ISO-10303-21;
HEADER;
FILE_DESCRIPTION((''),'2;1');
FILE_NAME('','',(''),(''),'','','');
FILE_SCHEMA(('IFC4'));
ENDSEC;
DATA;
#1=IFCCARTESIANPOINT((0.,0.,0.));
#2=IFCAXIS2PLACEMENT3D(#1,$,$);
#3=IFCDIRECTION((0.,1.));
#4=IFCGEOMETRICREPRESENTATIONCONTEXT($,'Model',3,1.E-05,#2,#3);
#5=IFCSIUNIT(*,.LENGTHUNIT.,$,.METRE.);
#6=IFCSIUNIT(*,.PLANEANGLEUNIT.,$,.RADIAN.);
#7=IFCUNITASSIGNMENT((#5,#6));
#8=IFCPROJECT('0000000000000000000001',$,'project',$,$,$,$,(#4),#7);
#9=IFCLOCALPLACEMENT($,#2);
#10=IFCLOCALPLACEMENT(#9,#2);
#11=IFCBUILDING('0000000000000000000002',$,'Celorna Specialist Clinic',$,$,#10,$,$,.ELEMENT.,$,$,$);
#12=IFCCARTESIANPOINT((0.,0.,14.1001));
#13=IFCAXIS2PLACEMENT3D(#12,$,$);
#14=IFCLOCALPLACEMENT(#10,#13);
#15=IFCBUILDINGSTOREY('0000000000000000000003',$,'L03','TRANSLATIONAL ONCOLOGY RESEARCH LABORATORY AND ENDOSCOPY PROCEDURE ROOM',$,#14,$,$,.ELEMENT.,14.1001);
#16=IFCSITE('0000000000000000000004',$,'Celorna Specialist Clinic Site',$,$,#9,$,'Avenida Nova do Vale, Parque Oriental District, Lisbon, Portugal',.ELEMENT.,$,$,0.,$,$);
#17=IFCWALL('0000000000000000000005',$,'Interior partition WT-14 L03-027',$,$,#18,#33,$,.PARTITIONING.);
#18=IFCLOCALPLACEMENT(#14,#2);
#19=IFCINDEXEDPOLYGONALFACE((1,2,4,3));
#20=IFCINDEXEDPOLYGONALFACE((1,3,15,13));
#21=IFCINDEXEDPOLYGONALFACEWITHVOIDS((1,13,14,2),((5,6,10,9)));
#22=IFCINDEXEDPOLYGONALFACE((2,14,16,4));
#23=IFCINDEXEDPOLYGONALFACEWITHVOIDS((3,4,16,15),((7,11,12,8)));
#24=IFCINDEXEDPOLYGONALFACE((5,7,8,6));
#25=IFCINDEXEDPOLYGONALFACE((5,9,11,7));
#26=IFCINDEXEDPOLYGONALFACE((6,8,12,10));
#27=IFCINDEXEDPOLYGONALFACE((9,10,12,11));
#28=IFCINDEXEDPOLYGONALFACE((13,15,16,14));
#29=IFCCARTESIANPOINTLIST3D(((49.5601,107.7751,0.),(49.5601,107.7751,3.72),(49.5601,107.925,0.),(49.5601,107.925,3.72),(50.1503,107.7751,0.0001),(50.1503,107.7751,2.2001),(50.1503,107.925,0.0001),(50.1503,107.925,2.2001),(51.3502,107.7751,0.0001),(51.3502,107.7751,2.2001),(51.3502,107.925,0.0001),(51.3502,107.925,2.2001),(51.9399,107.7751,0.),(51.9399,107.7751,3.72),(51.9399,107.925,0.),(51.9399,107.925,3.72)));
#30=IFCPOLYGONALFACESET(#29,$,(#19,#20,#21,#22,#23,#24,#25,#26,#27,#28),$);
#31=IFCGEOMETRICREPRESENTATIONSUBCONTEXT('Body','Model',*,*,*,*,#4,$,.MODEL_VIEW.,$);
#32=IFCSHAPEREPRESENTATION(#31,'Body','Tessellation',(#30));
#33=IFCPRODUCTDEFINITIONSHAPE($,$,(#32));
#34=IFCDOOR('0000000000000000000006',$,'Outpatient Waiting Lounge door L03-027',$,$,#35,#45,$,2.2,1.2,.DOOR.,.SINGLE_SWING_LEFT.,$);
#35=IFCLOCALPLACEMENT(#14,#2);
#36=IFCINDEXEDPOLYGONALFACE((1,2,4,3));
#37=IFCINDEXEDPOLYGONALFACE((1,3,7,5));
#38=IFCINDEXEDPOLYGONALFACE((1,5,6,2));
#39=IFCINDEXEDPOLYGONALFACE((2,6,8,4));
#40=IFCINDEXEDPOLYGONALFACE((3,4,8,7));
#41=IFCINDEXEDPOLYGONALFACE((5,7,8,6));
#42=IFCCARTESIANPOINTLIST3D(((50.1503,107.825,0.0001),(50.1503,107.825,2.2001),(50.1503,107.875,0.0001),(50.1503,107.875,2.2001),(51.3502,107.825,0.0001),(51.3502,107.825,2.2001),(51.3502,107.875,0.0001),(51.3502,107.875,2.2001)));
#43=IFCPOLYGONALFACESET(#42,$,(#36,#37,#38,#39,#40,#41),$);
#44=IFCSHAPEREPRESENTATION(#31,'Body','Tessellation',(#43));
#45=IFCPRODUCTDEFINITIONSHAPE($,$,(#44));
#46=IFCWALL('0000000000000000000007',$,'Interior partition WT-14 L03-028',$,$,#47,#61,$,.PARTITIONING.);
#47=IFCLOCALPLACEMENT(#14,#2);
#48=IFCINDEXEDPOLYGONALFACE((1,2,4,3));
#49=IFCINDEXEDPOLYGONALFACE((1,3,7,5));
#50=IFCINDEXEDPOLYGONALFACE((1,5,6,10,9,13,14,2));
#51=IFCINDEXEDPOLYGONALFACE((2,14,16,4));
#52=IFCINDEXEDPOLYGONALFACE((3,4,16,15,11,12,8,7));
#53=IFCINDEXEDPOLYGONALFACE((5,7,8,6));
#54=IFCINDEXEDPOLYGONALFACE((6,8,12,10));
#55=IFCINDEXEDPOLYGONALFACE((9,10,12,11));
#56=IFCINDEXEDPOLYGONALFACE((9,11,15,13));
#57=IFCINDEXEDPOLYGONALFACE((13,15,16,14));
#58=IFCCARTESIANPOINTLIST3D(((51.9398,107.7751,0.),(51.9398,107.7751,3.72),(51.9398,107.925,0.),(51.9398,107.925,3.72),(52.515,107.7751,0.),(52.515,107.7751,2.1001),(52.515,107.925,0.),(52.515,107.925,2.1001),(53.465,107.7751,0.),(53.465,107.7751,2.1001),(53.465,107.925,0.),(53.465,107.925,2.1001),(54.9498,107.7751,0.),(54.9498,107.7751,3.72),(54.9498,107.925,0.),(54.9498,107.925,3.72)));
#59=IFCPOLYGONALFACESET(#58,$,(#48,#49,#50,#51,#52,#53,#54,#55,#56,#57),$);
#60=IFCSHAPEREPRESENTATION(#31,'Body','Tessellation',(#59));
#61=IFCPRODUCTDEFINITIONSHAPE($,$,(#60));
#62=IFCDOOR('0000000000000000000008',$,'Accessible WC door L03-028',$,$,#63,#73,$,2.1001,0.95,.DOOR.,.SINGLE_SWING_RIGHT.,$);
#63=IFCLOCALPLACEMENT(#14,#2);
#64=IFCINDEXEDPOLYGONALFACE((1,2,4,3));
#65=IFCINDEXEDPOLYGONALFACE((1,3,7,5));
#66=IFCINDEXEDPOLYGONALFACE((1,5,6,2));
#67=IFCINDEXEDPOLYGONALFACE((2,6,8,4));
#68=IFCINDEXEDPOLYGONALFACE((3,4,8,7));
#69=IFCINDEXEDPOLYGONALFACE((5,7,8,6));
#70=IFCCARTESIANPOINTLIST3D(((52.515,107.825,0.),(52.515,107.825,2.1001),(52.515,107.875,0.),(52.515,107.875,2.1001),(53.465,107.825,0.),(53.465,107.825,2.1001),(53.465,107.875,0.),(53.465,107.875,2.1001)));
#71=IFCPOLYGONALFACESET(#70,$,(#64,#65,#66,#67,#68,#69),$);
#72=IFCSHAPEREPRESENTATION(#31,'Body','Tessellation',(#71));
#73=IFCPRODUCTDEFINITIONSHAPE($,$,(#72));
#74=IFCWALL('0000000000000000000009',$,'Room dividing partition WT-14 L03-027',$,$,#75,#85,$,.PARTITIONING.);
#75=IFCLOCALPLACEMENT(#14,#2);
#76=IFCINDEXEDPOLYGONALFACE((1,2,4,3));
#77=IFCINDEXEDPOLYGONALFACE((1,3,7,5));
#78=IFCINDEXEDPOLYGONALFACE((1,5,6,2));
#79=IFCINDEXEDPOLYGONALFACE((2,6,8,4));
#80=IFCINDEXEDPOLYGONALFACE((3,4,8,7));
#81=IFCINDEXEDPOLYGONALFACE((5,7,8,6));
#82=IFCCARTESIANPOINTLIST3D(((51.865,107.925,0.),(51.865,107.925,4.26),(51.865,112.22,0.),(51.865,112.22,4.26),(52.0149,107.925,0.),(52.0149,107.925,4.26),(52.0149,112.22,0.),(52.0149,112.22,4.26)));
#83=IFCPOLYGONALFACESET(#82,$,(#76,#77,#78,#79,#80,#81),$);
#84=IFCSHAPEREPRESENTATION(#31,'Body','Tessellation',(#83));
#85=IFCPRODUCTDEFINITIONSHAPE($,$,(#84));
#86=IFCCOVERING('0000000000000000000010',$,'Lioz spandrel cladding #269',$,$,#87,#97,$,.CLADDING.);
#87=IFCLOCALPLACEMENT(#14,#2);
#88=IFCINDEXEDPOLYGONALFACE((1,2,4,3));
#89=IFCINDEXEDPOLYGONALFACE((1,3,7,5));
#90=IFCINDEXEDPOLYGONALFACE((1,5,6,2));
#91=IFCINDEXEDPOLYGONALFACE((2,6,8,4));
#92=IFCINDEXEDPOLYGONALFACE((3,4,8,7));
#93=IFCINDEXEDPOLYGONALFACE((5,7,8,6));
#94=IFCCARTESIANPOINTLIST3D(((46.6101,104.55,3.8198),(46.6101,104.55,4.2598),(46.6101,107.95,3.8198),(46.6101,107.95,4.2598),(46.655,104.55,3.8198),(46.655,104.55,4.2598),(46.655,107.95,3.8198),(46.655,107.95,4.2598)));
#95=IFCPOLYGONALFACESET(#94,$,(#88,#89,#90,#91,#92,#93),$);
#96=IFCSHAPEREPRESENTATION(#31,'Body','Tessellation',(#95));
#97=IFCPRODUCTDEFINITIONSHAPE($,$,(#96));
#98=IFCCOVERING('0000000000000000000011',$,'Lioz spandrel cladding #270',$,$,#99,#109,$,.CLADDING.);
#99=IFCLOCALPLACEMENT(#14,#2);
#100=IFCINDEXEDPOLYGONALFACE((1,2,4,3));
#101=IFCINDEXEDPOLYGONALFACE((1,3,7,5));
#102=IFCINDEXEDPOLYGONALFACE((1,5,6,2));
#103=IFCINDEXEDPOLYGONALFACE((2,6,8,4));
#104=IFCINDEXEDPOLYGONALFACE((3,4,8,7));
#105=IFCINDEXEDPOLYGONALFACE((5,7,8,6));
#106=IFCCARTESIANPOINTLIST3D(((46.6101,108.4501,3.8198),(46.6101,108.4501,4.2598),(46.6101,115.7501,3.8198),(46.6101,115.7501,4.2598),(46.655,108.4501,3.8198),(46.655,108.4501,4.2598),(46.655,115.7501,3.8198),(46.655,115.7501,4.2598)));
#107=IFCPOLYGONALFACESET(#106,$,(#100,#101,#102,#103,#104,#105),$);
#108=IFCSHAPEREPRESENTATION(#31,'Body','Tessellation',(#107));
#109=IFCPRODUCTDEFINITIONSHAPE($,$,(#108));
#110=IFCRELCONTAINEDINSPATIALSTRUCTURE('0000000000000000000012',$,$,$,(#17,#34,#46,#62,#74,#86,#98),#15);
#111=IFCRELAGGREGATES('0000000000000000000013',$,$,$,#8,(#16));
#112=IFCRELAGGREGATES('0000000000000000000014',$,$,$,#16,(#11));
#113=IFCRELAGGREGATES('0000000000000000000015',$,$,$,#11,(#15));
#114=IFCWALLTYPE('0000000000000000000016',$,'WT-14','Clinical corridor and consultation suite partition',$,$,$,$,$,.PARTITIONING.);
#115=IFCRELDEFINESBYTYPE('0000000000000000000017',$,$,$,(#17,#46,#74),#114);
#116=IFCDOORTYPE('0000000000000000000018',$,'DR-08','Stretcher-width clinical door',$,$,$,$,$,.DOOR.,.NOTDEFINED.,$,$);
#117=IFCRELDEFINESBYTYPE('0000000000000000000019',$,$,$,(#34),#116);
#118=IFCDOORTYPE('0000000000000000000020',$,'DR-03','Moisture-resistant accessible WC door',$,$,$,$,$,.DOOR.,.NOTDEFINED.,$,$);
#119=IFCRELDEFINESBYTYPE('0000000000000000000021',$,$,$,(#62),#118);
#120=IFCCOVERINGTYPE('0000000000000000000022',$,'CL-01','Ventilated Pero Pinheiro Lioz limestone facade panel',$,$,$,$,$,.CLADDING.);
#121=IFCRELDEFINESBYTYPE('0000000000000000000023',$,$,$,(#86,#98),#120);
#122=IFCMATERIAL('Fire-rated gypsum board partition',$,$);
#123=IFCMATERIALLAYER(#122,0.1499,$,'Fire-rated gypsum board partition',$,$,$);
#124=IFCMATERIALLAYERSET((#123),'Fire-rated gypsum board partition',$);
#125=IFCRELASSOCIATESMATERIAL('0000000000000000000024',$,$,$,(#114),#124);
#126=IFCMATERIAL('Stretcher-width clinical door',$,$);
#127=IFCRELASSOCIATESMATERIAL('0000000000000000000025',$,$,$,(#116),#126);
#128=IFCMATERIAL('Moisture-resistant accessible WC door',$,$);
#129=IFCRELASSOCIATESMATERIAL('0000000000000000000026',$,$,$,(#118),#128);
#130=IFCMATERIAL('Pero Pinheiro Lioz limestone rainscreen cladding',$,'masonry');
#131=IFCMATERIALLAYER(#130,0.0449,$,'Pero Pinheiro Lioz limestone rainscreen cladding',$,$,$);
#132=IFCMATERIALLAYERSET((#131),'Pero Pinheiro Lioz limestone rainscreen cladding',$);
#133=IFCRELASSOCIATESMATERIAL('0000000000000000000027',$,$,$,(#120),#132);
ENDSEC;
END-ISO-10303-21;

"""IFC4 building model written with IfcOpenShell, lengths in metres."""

from ifc_helpers import new_model, si_unit, direction, frame, frame_2d, origin, origin_2d, place, context, subcontext, project, spatial, rectangle, extrude, material, layer, layer_set, type_object, element, fill, save


model = new_model("IFC4")

# Units and contexts
model_context = context("Model", 3, precision=1e-05, world=origin(), true_north=direction((0.0, 1.0)))
body_context = subcontext(model_context, "Body", "Model", "MODEL_VIEW")
ifc_project = project(units=[si_unit("LENGTHUNIT", "METRE"), si_unit("PLANEANGLEUNIT", "RADIAN")], contexts=[model_context])

# Site, building, storey
site_placement = place(None, origin())
site = spatial("IfcSite", under=ifc_project, at=site_placement, Name="Celorna Specialist Clinic Site", LongName="Avenida Nova do Vale, Parque Oriental District, Lisbon, Portugal", CompositionType="ELEMENT", RefElevation=0.0)
building_placement = place(site_placement, origin())
building = spatial("IfcBuilding", under=site, at=building_placement, Name="Celorna Specialist Clinic", CompositionType="ELEMENT")
storey_placement = place(building_placement, frame((0.0, 0.0, 14.1001)))
storey = spatial("IfcBuildingStorey", under=building, at=storey_placement, Name="L03", Description="TRANSLATIONAL ONCOLOGY RESEARCH LABORATORY AND ENDOSCOPY PROCEDURE ROOM", CompositionType="ELEMENT", Elevation=14.1001)

# Shared definitions
ifc_material_1 = material(Name="Fire-rated gypsum board partition")
ifc_layer_1 = layer(ifc_material_1, 0.1499, Name="Fire-rated gypsum board partition")
ifc_layer_set_1 = layer_set([ifc_layer_1], Name="Fire-rated gypsum board partition")
wall_type_1 = type_object("IfcWallType", Name="WT-14", Description="Clinical corridor and consultation suite partition", PredefinedType="PARTITIONING", material=ifc_layer_set_1)

# Walls, openings, doors
wall_1_placement = place(storey_placement, frame((49.5601, 107.8501, 0.0), z_axis=(0.0, 0.0, 1.0), x_axis=(1.0, 0.0, 0.0)))
wall_1 = element("IfcWall", 1, at=wall_1_placement, inside=storey, type_object=wall_type_1, Name="Interior partition WT-14 L03-027", PredefinedType="PARTITIONING", context=body_context, shape_type="SweptSolid", body=[
    extrude(rectangle(XDim=2.3799, YDim=0.1499, at=frame_2d((1.1899, 0.0))), origin(), (0.0, 0.0, 1.0), 3.72),
])
opening_1_placement = place(wall_1_placement, frame((0.5901, 0.0, 0.0)))
opening_1 = element("IfcOpeningElement", 2, at=opening_1_placement, cuts=wall_1, PredefinedType="OPENING", context=body_context, shape_type="SweptSolid", body=[
    extrude(rectangle(XDim=1.2, YDim=2.2, at=frame_2d((0.6001, 1.1001))), frame((0.0, 0.085, 0.0), z_axis=(0.0, -1.0, 0.0), x_axis=(1.0, 0.0, 0.0)), (0.0, 0.0, 1.0), 0.1699),
])
ifc_material_2 = material(Name="Stretcher-width clinical door")
door_type_1 = type_object("IfcDoorType", Name="DR-08", Description="Stretcher-width clinical door", OperationType="NOTDEFINED", PredefinedType="DOOR", material=ifc_material_2)
door_1_placement = place(opening_1_placement, origin())
door_1 = element("IfcDoor", 3, at=door_1_placement, inside=storey, type_object=door_type_1, Name="Outpatient Waiting Lounge door L03-027", OperationType="SINGLE_SWING_LEFT", OverallHeight=2.2, OverallWidth=1.2, PredefinedType="DOOR", context=body_context, shape_type="SweptSolid", body=[
    extrude(rectangle(XDim=1.2, YDim=2.2, at=frame_2d((0.6001, 1.1001))), frame((0.0, 0.0249, 0.0), z_axis=(0.0, -1.0, 0.0), x_axis=(1.0, 0.0, 0.0)), (0.0, 0.0, 1.0), 0.05),
])
fill(opening_1, door_1)
wall_2_placement = place(storey_placement, frame((51.9399, 107.8501, 0.0), z_axis=(0.0, 0.0, 1.0), x_axis=(1.0, 0.0, 0.0)))
wall_2 = element("IfcWall", 4, at=wall_2_placement, inside=storey, type_object=wall_type_1, Name="Interior partition WT-14 L03-028", PredefinedType="PARTITIONING", context=body_context, shape_type="SweptSolid", body=[
    extrude(rectangle(XDim=3.01, YDim=0.1499, at=frame_2d((1.5049, 0.0))), origin(), (0.0, 0.0, 1.0), 3.72),
])
opening_2_placement = place(wall_2_placement, frame((0.575, 0.0, 0.0)))
opening_2 = element("IfcOpeningElement", 5, at=opening_2_placement, cuts=wall_2, PredefinedType="OPENING", context=body_context, shape_type="SweptSolid", body=[
    extrude(rectangle(XDim=0.95, YDim=2.1001, at=frame_2d((0.4751, 1.05))), frame((0.0, 0.085, 0.0), z_axis=(0.0, -1.0, 0.0), x_axis=(1.0, 0.0, 0.0)), (0.0, 0.0, 1.0), 0.1699),
])
ifc_material_3 = material(Name="Moisture-resistant accessible WC door")
door_type_2 = type_object("IfcDoorType", Name="DR-03", Description="Moisture-resistant accessible WC door", OperationType="NOTDEFINED", PredefinedType="DOOR", material=ifc_material_3)
door_2_placement = place(opening_2_placement, origin())
door_2 = element("IfcDoor", 6, at=door_2_placement, inside=storey, type_object=door_type_2, Name="Accessible WC door L03-028", OperationType="SINGLE_SWING_RIGHT", OverallHeight=2.1001, OverallWidth=0.95, PredefinedType="DOOR", context=body_context, shape_type="SweptSolid", body=[
    extrude(rectangle(XDim=0.95, YDim=2.1001, at=frame_2d((0.4751, 1.05))), frame((0.0, 0.0249, 0.0), z_axis=(0.0, -1.0, 0.0), x_axis=(1.0, 0.0, 0.0)), (0.0, 0.0, 1.0), 0.05),
])
fill(opening_2, door_2)

# Wall
wall_3_placement = place(storey_placement, frame((51.9399, 107.925, 0.0), z_axis=(0.0, 0.0, 1.0), x_axis=(0.0, 1.0, 0.0)))
element("IfcWall", 7, at=wall_3_placement, inside=storey, type_object=wall_type_1, Name="Room dividing partition WT-14 L03-027", PredefinedType="PARTITIONING", context=body_context, shape_type="SweptSolid", body=[
    extrude(rectangle(XDim=4.2949, YDim=0.1499, at=frame_2d((2.1475, 0.0))), origin(), (0.0, 0.0, 1.0), 4.26),
])

# Coverings
ifc_material_4 = material(Name="Pero Pinheiro Lioz limestone rainscreen cladding", Category="masonry")
ifc_layer_2 = layer(ifc_material_4, 0.0449, Name="Pero Pinheiro Lioz limestone rainscreen cladding")
ifc_layer_set_2 = layer_set([ifc_layer_2], Name="Pero Pinheiro Lioz limestone rainscreen cladding")
covering_type = type_object("IfcCoveringType", Name="CL-01", Description="Ventilated Pero Pinheiro Lioz limestone facade panel", PredefinedType="CLADDING", material=ifc_layer_set_2)
covering_1_placement = place(storey_placement, frame((46.6326, 106.25, 3.8198), z_axis=(0.0, 0.0, 1.0), x_axis=(0.0, 1.0, 0.0)))
element("IfcCovering", 8, at=covering_1_placement, inside=storey, type_object=covering_type, Name="Lioz spandrel cladding #269", PredefinedType="CLADDING", context=body_context, shape_type="SweptSolid", body=[
    extrude(rectangle(XDim=3.3999, YDim=0.0449, at=origin_2d()), origin(), (0.0, 0.0, 1.0), 0.4399),
])
covering_2_placement = place(storey_placement, frame((46.6326, 112.1001, 3.8198), z_axis=(0.0, 0.0, 1.0), x_axis=(0.0, 1.0, 0.0)))
element("IfcCovering", 9, at=covering_2_placement, inside=storey, type_object=covering_type, Name="Lioz spandrel cladding #270", PredefinedType="CLADDING", context=body_context, shape_type="SweptSolid", body=[
    extrude(rectangle(XDim=7.3, YDim=0.0449, at=origin_2d()), origin(), (0.0, 0.0, 1.0), 0.4399),
])

save(model, "model.ifc")
